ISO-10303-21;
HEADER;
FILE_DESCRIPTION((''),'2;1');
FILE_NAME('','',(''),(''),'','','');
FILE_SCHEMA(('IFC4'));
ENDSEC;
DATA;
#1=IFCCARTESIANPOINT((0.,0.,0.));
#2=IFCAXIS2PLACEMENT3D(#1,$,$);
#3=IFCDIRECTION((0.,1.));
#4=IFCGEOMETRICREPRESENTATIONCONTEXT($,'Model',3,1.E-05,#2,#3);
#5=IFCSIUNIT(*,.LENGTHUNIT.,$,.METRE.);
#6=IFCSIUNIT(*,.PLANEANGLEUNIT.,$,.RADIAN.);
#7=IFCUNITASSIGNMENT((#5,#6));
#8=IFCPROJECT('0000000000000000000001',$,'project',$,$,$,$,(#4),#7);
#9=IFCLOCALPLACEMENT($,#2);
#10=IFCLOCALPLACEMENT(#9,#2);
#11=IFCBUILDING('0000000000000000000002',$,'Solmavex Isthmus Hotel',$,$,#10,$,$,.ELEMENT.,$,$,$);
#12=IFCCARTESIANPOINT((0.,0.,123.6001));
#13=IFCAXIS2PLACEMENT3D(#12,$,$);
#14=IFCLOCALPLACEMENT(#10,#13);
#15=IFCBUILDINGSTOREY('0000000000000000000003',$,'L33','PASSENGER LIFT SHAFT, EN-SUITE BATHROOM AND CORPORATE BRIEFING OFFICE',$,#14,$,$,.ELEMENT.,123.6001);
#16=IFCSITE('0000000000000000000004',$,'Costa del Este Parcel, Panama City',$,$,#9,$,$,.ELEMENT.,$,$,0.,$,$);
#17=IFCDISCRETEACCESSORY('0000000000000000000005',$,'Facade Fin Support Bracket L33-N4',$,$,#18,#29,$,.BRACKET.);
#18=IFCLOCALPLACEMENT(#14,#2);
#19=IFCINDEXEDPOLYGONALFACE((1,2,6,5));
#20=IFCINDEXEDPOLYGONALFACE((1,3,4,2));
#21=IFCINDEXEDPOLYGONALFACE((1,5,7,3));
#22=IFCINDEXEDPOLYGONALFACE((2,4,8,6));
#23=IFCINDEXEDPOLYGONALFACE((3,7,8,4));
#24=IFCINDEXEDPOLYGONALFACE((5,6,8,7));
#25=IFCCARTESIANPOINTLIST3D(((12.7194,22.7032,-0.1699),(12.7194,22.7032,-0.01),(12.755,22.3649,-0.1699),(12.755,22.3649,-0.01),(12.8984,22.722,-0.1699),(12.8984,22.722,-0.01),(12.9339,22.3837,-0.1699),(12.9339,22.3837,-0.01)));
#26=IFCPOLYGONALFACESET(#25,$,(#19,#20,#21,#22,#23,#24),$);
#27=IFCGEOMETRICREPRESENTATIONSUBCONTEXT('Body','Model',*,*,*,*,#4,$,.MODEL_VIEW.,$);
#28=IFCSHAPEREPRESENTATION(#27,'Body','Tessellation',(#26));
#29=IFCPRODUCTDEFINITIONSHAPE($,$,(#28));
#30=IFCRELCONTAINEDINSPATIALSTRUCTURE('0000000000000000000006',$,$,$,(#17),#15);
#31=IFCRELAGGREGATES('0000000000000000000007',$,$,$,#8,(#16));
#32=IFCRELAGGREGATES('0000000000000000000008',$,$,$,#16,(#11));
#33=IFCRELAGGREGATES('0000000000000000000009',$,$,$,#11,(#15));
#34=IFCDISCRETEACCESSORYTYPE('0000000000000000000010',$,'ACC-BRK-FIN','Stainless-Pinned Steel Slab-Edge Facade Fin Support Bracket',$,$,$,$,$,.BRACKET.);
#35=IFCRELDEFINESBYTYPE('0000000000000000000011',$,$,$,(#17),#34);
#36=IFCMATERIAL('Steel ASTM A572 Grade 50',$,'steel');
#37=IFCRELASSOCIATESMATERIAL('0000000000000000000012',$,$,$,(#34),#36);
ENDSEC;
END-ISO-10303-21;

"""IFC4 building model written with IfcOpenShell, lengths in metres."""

from ifc_helpers import new_model, si_unit, direction, frame, origin, origin_2d, place, context, subcontext, project, spatial, rectangle, extrude, material, type_object, element, save


model = new_model("IFC4")

# Units and contexts
model_context = context("Model", 3, precision=1e-05, world=origin(), true_north=direction((0.0, 1.0)))
body_context = subcontext(model_context, "Body", "Model", "MODEL_VIEW")
ifc_project = project(units=[si_unit("LENGTHUNIT", "METRE"), si_unit("PLANEANGLEUNIT", "RADIAN")], contexts=[model_context])

# Site, building, storey
site_placement = place(None, origin())
site = spatial("IfcSite", under=ifc_project, at=site_placement, Name="Costa del Este Parcel, Panama City", CompositionType="ELEMENT", RefElevation=0.0)
building_placement = place(site_placement, origin())
building = spatial("IfcBuilding", under=site, at=building_placement, Name="Solmavex Isthmus Hotel", CompositionType="ELEMENT")
storey_placement = place(building_placement, frame((0.0, 0.0, 123.6001)))
storey = spatial("IfcBuildingStorey", under=building, at=storey_placement, Name="L33", Description="PASSENGER LIFT SHAFT, EN-SUITE BATHROOM AND CORPORATE BRIEFING OFFICE", CompositionType="ELEMENT", Elevation=123.6001)

# Discrete accessory
ifc_material_1 = material(Name="Steel ASTM A572 Grade 50", Category="steel")
discrete_accessory_type = type_object("IfcDiscreteAccessoryType", Name="ACC-BRK-FIN", Description="Stainless-Pinned Steel Slab-Edge Facade Fin Support Bracket", PredefinedType="BRACKET", material=ifc_material_1)
discrete_accessory_placement = place(storey_placement, frame((12.8267, 22.5435, -0.1699), z_axis=(0.0, 0.0, 1.0), x_axis=(-0.104528, 0.994522, 0.0)))
element("IfcDiscreteAccessory", 1, at=discrete_accessory_placement, inside=storey, type_object=discrete_accessory_type, Name="Facade Fin Support Bracket L33-N4", PredefinedType="BRACKET", context=body_context, shape_type="SweptSolid", body=[
    extrude(rectangle(XDim=0.3401, YDim=0.1799, at=origin_2d()), origin(), (0.0, 0.0, 1.0), 0.1599),
])

save(model, "model.ifc")
